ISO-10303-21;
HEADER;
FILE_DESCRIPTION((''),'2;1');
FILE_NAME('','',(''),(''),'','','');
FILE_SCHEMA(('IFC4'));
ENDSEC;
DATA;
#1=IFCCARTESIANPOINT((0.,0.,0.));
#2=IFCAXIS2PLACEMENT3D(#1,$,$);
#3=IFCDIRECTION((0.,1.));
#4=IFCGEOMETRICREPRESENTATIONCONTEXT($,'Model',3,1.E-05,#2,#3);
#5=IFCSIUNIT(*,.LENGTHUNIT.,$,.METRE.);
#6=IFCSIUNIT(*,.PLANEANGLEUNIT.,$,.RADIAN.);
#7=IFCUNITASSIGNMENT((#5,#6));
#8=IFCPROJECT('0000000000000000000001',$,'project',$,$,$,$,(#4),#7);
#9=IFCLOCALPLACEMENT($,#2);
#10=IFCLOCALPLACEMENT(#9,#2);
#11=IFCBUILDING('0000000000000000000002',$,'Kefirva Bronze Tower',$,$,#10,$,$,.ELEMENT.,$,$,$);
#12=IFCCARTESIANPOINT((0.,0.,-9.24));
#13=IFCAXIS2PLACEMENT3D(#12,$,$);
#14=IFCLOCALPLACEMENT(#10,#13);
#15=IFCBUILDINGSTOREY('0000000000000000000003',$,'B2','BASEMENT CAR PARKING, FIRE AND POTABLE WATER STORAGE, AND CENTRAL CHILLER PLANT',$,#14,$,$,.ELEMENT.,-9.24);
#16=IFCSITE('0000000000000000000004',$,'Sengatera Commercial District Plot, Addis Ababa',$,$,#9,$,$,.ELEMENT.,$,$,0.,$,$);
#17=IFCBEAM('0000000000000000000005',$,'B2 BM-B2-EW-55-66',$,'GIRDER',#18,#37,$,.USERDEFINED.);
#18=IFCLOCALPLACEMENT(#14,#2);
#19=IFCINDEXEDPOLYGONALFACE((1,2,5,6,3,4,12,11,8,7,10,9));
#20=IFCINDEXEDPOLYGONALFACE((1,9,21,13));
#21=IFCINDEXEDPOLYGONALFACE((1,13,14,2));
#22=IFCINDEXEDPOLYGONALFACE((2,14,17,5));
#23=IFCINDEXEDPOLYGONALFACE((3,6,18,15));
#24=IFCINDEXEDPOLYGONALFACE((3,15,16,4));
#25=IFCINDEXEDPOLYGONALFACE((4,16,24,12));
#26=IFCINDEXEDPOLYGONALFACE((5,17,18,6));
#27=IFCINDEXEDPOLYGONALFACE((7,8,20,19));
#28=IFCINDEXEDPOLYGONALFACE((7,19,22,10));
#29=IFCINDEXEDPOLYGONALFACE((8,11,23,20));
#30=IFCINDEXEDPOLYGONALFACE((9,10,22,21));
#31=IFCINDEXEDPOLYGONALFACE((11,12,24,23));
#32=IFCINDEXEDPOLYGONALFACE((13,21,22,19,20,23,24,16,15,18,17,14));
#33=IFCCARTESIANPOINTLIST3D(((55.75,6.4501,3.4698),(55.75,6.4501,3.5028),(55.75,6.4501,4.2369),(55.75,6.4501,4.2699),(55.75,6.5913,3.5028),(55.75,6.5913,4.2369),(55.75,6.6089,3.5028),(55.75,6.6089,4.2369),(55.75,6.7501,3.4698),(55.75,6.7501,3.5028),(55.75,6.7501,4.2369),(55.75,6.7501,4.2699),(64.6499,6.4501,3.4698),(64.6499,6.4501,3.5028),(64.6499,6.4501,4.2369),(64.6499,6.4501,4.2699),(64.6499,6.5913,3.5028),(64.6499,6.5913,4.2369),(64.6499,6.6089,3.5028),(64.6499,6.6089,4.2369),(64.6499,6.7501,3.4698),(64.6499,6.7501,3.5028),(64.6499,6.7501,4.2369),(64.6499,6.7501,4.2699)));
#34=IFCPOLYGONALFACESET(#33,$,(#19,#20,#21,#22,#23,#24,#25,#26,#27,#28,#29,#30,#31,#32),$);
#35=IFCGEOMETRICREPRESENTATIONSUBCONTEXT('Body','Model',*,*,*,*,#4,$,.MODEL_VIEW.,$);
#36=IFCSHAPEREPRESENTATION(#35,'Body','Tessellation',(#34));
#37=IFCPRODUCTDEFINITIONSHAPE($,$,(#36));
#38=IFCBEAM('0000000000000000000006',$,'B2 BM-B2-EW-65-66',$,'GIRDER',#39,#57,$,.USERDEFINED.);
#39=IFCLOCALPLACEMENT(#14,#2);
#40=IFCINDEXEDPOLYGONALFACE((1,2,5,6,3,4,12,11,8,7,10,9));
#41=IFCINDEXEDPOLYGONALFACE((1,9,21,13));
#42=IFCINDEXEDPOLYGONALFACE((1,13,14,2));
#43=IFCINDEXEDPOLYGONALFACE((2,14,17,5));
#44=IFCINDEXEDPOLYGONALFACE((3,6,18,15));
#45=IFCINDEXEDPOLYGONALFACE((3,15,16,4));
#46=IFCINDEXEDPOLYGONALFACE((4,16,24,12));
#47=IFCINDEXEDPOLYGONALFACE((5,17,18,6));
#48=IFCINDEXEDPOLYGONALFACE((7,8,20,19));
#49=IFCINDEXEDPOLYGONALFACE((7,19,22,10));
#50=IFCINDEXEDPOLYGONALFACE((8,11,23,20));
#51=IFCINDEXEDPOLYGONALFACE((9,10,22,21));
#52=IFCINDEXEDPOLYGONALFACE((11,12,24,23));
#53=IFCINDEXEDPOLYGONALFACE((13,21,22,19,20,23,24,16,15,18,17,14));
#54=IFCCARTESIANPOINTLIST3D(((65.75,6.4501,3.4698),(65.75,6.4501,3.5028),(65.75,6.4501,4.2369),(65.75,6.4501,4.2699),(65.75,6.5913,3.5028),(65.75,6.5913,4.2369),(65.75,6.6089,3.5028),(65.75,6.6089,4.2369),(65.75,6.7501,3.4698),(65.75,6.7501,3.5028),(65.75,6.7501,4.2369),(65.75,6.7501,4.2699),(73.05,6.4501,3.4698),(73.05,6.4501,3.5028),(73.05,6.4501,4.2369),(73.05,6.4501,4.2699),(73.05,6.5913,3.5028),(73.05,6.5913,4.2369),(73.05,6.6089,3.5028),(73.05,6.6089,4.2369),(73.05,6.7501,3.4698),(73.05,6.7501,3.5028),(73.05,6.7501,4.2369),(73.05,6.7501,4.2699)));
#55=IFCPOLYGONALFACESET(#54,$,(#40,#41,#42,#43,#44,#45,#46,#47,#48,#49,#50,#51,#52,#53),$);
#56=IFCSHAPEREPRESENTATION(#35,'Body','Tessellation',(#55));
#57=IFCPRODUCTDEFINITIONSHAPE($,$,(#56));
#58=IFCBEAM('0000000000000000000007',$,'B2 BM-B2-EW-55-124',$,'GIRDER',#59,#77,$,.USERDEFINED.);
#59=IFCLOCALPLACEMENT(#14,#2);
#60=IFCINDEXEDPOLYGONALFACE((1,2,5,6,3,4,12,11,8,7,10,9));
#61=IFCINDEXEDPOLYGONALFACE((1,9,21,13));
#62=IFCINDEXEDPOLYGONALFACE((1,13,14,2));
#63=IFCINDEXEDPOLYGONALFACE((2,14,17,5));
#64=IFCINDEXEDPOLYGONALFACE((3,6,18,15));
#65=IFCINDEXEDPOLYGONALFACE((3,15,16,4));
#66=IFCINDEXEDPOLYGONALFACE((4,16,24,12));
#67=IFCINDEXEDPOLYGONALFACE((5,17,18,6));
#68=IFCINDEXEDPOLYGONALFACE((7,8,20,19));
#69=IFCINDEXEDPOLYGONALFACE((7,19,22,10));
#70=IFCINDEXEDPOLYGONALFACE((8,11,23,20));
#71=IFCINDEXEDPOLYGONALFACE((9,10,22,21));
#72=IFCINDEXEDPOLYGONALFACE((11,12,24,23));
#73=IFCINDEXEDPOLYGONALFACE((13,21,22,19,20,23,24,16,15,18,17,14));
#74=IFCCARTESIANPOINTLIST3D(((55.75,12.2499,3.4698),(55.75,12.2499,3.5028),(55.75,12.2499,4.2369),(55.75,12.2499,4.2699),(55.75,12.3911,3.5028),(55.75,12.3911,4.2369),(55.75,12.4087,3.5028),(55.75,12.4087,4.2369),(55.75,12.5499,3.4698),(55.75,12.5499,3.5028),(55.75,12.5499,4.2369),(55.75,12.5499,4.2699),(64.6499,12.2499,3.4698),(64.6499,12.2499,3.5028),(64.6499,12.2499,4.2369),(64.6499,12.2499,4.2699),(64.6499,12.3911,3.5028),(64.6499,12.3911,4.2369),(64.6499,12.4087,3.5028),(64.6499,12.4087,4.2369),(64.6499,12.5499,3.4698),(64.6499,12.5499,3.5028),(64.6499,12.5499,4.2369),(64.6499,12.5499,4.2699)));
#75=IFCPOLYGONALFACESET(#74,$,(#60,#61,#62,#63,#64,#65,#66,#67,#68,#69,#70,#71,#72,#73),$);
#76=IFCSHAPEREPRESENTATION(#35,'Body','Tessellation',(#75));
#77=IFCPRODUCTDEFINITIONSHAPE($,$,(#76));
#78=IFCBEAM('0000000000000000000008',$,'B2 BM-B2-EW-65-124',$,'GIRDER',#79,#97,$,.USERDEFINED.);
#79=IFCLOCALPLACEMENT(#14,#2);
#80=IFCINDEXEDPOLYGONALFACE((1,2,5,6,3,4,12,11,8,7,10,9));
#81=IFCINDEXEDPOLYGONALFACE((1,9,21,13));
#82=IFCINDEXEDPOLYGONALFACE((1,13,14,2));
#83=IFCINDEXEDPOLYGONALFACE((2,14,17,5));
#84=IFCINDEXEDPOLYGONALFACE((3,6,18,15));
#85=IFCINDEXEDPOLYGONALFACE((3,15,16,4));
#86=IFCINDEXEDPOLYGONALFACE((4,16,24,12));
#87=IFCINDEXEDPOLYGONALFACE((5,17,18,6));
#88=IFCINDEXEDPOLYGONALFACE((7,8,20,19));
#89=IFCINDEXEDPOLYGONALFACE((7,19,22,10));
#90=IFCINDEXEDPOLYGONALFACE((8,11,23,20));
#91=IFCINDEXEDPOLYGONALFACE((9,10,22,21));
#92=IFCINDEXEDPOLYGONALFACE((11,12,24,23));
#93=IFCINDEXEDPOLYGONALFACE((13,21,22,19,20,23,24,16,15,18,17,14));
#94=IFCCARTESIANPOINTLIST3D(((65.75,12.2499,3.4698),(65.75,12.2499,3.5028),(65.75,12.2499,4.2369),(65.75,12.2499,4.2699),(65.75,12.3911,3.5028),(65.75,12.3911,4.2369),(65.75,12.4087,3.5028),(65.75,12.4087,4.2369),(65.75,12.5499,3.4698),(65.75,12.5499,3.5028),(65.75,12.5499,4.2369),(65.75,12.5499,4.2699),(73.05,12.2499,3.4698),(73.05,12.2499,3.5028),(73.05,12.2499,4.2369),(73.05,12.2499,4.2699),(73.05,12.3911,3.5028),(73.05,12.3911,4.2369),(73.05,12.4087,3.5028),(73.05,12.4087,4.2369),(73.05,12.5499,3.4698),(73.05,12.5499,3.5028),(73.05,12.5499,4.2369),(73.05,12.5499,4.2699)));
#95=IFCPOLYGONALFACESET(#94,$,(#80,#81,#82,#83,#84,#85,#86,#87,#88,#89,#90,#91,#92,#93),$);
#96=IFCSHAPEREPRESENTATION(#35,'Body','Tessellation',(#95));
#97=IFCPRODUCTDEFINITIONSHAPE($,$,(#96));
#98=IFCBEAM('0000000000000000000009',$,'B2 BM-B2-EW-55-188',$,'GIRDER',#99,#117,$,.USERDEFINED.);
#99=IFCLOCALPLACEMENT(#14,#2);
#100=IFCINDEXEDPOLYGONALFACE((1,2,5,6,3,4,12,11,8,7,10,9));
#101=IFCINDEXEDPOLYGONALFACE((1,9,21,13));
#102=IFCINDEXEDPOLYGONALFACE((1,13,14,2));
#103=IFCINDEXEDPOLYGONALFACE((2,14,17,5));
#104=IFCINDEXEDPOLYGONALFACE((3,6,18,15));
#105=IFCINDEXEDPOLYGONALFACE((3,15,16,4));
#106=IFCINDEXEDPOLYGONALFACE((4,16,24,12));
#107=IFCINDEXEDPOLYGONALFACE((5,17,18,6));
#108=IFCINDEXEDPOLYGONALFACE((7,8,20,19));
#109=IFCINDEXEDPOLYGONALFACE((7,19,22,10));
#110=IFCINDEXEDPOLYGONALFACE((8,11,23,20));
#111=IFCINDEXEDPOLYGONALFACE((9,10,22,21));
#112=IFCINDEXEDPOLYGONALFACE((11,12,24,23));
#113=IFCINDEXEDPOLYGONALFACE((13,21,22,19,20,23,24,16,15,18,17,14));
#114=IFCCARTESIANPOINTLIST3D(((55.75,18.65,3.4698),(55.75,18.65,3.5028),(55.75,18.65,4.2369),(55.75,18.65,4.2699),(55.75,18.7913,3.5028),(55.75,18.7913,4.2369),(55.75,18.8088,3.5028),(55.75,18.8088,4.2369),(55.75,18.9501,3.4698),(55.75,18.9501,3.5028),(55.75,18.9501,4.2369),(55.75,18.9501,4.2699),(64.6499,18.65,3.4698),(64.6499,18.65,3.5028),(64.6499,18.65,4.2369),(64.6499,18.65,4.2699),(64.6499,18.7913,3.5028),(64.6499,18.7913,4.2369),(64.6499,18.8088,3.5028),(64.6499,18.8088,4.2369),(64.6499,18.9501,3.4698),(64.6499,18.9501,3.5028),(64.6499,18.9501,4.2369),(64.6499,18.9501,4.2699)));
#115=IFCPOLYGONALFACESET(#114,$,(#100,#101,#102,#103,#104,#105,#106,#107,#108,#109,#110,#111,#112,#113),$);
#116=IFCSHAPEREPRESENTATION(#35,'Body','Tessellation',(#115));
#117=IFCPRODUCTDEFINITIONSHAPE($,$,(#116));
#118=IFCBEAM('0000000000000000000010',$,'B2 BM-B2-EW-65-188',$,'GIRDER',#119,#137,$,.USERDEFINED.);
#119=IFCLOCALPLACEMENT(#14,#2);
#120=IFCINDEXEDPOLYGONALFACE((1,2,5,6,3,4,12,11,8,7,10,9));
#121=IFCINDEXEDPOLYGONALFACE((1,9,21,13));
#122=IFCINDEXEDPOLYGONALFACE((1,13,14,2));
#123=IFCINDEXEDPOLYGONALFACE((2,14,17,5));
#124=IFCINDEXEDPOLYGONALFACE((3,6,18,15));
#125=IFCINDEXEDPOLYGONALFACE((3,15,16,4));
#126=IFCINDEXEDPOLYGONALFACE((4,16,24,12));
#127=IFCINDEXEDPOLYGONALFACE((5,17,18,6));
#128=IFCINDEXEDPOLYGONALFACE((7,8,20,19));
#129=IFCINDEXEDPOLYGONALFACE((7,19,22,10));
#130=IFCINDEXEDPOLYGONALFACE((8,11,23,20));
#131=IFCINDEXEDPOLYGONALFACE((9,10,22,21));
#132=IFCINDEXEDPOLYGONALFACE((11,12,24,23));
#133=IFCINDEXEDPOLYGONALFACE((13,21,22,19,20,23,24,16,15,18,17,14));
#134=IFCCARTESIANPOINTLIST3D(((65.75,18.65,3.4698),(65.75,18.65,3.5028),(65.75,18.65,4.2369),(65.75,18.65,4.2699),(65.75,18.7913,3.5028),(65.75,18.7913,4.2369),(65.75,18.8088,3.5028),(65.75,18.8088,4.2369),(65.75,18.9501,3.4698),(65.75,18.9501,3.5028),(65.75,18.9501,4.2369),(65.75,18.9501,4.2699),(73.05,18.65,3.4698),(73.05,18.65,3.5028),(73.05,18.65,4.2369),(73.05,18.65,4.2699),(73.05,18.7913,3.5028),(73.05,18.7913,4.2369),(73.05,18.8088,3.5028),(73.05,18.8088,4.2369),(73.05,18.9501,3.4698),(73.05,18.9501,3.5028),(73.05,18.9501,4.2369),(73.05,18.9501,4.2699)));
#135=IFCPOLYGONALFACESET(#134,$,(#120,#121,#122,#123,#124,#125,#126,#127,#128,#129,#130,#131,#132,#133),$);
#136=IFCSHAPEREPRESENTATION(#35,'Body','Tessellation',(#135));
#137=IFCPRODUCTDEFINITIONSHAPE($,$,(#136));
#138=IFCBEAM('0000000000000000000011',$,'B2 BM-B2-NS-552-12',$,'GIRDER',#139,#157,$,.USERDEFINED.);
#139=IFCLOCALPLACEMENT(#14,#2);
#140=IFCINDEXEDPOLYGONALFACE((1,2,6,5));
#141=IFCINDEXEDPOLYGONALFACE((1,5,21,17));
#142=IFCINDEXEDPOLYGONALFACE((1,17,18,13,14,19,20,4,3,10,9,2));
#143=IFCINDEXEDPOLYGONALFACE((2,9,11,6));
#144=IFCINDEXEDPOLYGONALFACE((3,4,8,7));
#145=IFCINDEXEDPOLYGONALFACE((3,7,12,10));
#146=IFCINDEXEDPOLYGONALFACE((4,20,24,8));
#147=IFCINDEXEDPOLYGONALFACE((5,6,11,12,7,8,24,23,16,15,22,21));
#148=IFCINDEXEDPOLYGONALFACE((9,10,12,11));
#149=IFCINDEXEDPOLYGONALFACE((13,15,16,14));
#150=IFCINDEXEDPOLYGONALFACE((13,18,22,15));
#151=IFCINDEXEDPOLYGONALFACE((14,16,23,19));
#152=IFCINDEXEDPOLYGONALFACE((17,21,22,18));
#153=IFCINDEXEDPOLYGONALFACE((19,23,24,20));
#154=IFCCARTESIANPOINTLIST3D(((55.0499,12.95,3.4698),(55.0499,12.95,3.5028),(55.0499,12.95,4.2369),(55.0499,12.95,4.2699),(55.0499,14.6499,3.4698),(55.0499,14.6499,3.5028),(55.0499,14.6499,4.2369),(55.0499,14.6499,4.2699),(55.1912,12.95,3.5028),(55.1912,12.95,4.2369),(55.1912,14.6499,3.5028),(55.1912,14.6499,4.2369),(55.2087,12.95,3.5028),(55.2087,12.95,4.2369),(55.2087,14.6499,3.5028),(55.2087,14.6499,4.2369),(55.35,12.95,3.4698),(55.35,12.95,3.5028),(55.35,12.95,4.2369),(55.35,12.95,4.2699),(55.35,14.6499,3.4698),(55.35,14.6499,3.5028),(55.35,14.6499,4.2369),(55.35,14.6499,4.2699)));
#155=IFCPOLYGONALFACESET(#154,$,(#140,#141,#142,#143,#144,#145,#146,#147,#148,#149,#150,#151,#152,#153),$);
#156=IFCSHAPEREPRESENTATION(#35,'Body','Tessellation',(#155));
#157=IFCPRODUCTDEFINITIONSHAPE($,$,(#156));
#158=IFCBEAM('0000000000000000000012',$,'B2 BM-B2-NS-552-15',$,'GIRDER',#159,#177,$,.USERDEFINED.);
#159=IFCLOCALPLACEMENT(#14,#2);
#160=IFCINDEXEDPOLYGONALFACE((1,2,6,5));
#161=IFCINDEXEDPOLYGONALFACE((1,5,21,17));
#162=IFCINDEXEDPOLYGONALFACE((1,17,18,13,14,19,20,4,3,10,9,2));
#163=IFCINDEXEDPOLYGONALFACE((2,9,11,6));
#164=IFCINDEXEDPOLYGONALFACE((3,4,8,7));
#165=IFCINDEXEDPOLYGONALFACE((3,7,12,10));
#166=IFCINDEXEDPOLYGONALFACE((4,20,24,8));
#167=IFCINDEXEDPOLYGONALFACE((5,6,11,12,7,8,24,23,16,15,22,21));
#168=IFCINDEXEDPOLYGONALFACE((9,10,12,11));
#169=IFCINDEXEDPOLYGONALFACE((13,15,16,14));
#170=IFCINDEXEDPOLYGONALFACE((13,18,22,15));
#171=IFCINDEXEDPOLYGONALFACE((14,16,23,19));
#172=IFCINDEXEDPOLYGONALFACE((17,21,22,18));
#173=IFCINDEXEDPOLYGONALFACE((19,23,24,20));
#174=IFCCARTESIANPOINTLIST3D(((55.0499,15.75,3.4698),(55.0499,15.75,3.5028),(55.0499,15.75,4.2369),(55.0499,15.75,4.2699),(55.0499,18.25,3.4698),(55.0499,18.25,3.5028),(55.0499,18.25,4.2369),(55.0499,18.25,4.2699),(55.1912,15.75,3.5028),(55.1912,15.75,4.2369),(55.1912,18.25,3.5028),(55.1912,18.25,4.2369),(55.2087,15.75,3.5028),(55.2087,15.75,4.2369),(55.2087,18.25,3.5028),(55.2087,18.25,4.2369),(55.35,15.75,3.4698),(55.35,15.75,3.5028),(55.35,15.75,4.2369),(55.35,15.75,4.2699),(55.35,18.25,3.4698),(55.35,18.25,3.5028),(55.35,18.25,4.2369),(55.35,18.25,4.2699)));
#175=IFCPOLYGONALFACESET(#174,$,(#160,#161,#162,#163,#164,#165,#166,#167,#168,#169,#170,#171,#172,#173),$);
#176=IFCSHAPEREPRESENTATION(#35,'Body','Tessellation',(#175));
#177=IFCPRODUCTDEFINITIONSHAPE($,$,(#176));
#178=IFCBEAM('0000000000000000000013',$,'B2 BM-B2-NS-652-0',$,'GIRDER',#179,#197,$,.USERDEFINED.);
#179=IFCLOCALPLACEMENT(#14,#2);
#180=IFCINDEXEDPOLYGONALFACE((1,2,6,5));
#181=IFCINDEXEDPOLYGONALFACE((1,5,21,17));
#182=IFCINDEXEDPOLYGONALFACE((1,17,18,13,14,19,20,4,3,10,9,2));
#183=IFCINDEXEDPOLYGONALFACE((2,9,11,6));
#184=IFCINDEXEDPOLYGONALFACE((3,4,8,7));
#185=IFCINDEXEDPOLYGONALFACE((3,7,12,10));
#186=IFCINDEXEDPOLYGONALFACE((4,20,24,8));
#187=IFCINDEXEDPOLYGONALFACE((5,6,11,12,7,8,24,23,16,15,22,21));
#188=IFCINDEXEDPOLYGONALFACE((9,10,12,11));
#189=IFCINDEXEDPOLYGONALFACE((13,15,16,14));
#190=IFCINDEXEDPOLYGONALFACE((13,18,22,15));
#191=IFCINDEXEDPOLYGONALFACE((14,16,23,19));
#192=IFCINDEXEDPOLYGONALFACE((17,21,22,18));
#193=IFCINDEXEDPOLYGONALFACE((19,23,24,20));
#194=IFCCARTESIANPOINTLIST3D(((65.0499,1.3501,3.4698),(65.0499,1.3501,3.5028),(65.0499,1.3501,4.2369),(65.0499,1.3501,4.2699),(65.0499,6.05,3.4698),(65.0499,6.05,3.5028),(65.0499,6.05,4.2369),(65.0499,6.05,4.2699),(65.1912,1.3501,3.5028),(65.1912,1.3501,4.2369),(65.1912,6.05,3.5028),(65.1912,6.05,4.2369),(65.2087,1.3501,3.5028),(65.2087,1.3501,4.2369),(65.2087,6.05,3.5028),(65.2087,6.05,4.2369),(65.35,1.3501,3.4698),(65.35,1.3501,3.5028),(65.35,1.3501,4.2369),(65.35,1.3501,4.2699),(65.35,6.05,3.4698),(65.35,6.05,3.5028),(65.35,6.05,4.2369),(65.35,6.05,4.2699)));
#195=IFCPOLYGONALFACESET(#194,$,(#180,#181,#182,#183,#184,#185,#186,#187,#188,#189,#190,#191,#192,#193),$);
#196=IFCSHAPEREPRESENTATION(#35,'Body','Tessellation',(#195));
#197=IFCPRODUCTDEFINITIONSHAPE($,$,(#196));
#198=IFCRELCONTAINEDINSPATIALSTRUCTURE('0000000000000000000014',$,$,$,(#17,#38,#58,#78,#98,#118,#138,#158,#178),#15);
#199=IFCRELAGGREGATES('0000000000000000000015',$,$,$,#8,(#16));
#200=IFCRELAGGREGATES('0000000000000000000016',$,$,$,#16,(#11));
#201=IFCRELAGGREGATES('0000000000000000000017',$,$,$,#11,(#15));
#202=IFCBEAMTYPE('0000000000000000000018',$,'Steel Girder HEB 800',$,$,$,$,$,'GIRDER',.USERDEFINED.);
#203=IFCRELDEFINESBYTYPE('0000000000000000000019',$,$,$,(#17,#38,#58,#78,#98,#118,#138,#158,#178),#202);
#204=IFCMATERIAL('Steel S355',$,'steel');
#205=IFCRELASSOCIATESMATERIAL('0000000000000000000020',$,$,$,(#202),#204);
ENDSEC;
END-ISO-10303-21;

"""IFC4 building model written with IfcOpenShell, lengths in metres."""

from ifc_helpers import new_model, si_unit, direction, frame, origin, origin_2d, place, context, subcontext, project, spatial, i_section, extrude, material, material_profile, profile_set, type_object, element, save


model = new_model("IFC4")

# Units and contexts
model_context = context("Model", 3, precision=1e-05, world=origin(), true_north=direction((0.0, 1.0)))
body_context = subcontext(model_context, "Body", "Model", "MODEL_VIEW")
ifc_project = project(units=[si_unit("LENGTHUNIT", "METRE"), si_unit("PLANEANGLEUNIT", "RADIAN")], contexts=[model_context])

# Site, building, storey
site_placement = place(None, origin())
site = spatial("IfcSite", under=ifc_project, at=site_placement, Name="Sengatera Commercial District Plot, Addis Ababa", CompositionType="ELEMENT", RefElevation=0.0)
building_placement = place(site_placement, origin())
building = spatial("IfcBuilding", under=site, at=building_placement, Name="Kefirva Bronze Tower", CompositionType="ELEMENT")
storey_placement = place(building_placement, frame((0.0, 0.0, -9.24)))
storey = spatial("IfcBuildingStorey", under=building, at=storey_placement, Name="B2", Description="BASEMENT CAR PARKING, FIRE AND POTABLE WATER STORAGE, AND CENTRAL CHILLER PLANT", CompositionType="ELEMENT", Elevation=-9.24)

# Beams
ifc_material_1 = material(Name="Steel S355", Category="steel")
ifc_material_profile_1 = material_profile(ifc_material_1, i_section(OverallWidth=0.3, OverallDepth=0.8, WebThickness=0.0176, FlangeThickness=0.033, at=origin_2d()), Name="HEB 800")
ifc_profile_set_1 = profile_set([ifc_material_profile_1], Name="Steel S355")
beam_type_1 = type_object("IfcBeamType", Name="Steel Girder HEB 800", ElementType="GIRDER", PredefinedType="USERDEFINED", material=ifc_profile_set_1)
beam_1_placement = place(storey_placement, frame((55.75, 6.6001, 3.8699), z_axis=(1.0, 0.0, 0.0), x_axis=(0.0, 1.0, 0.0)))
element("IfcBeam", 1, at=beam_1_placement, inside=storey, type_object=beam_type_1, Name="B2 BM-B2-EW-55-66", ObjectType="GIRDER", PredefinedType="USERDEFINED", context=body_context, shape_type="SweptSolid", body=[
    extrude(i_section(OverallWidth=0.3, OverallDepth=0.8, WebThickness=0.0176, FlangeThickness=0.033, at=origin_2d()), origin(), (0.0, 0.0, 1.0), 8.8999),
])
beam_2_placement = place(storey_placement, frame((65.75, 6.6001, 3.8699), z_axis=(1.0, 0.0, 0.0), x_axis=(0.0, 1.0, 0.0)))
element("IfcBeam", 2, at=beam_2_placement, inside=storey, type_object=beam_type_1, Name="B2 BM-B2-EW-65-66", ObjectType="GIRDER", PredefinedType="USERDEFINED", context=body_context, shape_type="SweptSolid", body=[
    extrude(i_section(OverallWidth=0.3, OverallDepth=0.8, WebThickness=0.0176, FlangeThickness=0.033, at=origin_2d()), origin(), (0.0, 0.0, 1.0), 7.3),
])
beam_3_placement = place(storey_placement, frame((55.75, 12.3999, 3.8699), z_axis=(1.0, 0.0, 0.0), x_axis=(0.0, 1.0, 0.0)))
element("IfcBeam", 3, at=beam_3_placement, inside=storey, type_object=beam_type_1, Name="B2 BM-B2-EW-55-124", ObjectType="GIRDER", PredefinedType="USERDEFINED", context=body_context, shape_type="SweptSolid", body=[
    extrude(i_section(OverallWidth=0.3, OverallDepth=0.8, WebThickness=0.0176, FlangeThickness=0.033, at=origin_2d()), origin(), (0.0, 0.0, 1.0), 8.8999),
])
beam_4_placement = place(storey_placement, frame((65.75, 12.3999, 3.8699), z_axis=(1.0, 0.0, 0.0), x_axis=(0.0, 1.0, 0.0)))
element("IfcBeam", 4, at=beam_4_placement, inside=storey, type_object=beam_type_1, Name="B2 BM-B2-EW-65-124", ObjectType="GIRDER", PredefinedType="USERDEFINED", context=body_context, shape_type="SweptSolid", body=[
    extrude(i_section(OverallWidth=0.3, OverallDepth=0.8, WebThickness=0.0176, FlangeThickness=0.033, at=origin_2d()), origin(), (0.0, 0.0, 1.0), 7.3),
])
beam_5_placement = place(storey_placement, frame((55.75, 18.8, 3.8699), z_axis=(1.0, 0.0, 0.0), x_axis=(0.0, 1.0, 0.0)))
element("IfcBeam", 5, at=beam_5_placement, inside=storey, type_object=beam_type_1, Name="B2 BM-B2-EW-55-188", ObjectType="GIRDER", PredefinedType="USERDEFINED", context=body_context, shape_type="SweptSolid", body=[
    extrude(i_section(OverallWidth=0.3, OverallDepth=0.8, WebThickness=0.0176, FlangeThickness=0.033, at=origin_2d()), origin(), (0.0, 0.0, 1.0), 8.8999),
])
beam_6_placement = place(storey_placement, frame((65.75, 18.8, 3.8699), z_axis=(1.0, 0.0, 0.0), x_axis=(0.0, 1.0, 0.0)))
element("IfcBeam", 6, at=beam_6_placement, inside=storey, type_object=beam_type_1, Name="B2 BM-B2-EW-65-188", ObjectType="GIRDER", PredefinedType="USERDEFINED", context=body_context, shape_type="SweptSolid", body=[
    extrude(i_section(OverallWidth=0.3, OverallDepth=0.8, WebThickness=0.0176, FlangeThickness=0.033, at=origin_2d()), origin(), (0.0, 0.0, 1.0), 7.3),
])
beam_7_placement = place(storey_placement, frame((55.2, 12.95, 3.8699), z_axis=(0.0, 1.0, 0.0), x_axis=(-1.0, 0.0, 0.0)))
element("IfcBeam", 7, at=beam_7_placement, inside=storey, type_object=beam_type_1, Name="B2 BM-B2-NS-552-12", ObjectType="GIRDER", PredefinedType="USERDEFINED", context=body_context, shape_type="SweptSolid", body=[
    extrude(i_section(OverallWidth=0.3, OverallDepth=0.8, WebThickness=0.0176, FlangeThickness=0.033, at=origin_2d()), origin(), (0.0, 0.0, 1.0), 1.7),
])
beam_8_placement = place(storey_placement, frame((55.2, 15.75, 3.8699), z_axis=(0.0, 1.0, 0.0), x_axis=(-1.0, 0.0, 0.0)))
element("IfcBeam", 8, at=beam_8_placement, inside=storey, type_object=beam_type_1, Name="B2 BM-B2-NS-552-15", ObjectType="GIRDER", PredefinedType="USERDEFINED", context=body_context, shape_type="SweptSolid", body=[
    extrude(i_section(OverallWidth=0.3, OverallDepth=0.8, WebThickness=0.0176, FlangeThickness=0.033, at=origin_2d()), origin(), (0.0, 0.0, 1.0), 2.5),
])
beam_9_placement = place(storey_placement, frame((65.2, 1.3501, 3.8699), z_axis=(0.0, 1.0, 0.0), x_axis=(-1.0, 0.0, 0.0)))
element("IfcBeam", 9, at=beam_9_placement, inside=storey, type_object=beam_type_1, Name="B2 BM-B2-NS-652-0", ObjectType="GIRDER", PredefinedType="USERDEFINED", context=body_context, shape_type="SweptSolid", body=[
    extrude(i_section(OverallWidth=0.3, OverallDepth=0.8, WebThickness=0.0176, FlangeThickness=0.033, at=origin_2d()), origin(), (0.0, 0.0, 1.0), 4.7),
])

save(model, "model.ifc")
